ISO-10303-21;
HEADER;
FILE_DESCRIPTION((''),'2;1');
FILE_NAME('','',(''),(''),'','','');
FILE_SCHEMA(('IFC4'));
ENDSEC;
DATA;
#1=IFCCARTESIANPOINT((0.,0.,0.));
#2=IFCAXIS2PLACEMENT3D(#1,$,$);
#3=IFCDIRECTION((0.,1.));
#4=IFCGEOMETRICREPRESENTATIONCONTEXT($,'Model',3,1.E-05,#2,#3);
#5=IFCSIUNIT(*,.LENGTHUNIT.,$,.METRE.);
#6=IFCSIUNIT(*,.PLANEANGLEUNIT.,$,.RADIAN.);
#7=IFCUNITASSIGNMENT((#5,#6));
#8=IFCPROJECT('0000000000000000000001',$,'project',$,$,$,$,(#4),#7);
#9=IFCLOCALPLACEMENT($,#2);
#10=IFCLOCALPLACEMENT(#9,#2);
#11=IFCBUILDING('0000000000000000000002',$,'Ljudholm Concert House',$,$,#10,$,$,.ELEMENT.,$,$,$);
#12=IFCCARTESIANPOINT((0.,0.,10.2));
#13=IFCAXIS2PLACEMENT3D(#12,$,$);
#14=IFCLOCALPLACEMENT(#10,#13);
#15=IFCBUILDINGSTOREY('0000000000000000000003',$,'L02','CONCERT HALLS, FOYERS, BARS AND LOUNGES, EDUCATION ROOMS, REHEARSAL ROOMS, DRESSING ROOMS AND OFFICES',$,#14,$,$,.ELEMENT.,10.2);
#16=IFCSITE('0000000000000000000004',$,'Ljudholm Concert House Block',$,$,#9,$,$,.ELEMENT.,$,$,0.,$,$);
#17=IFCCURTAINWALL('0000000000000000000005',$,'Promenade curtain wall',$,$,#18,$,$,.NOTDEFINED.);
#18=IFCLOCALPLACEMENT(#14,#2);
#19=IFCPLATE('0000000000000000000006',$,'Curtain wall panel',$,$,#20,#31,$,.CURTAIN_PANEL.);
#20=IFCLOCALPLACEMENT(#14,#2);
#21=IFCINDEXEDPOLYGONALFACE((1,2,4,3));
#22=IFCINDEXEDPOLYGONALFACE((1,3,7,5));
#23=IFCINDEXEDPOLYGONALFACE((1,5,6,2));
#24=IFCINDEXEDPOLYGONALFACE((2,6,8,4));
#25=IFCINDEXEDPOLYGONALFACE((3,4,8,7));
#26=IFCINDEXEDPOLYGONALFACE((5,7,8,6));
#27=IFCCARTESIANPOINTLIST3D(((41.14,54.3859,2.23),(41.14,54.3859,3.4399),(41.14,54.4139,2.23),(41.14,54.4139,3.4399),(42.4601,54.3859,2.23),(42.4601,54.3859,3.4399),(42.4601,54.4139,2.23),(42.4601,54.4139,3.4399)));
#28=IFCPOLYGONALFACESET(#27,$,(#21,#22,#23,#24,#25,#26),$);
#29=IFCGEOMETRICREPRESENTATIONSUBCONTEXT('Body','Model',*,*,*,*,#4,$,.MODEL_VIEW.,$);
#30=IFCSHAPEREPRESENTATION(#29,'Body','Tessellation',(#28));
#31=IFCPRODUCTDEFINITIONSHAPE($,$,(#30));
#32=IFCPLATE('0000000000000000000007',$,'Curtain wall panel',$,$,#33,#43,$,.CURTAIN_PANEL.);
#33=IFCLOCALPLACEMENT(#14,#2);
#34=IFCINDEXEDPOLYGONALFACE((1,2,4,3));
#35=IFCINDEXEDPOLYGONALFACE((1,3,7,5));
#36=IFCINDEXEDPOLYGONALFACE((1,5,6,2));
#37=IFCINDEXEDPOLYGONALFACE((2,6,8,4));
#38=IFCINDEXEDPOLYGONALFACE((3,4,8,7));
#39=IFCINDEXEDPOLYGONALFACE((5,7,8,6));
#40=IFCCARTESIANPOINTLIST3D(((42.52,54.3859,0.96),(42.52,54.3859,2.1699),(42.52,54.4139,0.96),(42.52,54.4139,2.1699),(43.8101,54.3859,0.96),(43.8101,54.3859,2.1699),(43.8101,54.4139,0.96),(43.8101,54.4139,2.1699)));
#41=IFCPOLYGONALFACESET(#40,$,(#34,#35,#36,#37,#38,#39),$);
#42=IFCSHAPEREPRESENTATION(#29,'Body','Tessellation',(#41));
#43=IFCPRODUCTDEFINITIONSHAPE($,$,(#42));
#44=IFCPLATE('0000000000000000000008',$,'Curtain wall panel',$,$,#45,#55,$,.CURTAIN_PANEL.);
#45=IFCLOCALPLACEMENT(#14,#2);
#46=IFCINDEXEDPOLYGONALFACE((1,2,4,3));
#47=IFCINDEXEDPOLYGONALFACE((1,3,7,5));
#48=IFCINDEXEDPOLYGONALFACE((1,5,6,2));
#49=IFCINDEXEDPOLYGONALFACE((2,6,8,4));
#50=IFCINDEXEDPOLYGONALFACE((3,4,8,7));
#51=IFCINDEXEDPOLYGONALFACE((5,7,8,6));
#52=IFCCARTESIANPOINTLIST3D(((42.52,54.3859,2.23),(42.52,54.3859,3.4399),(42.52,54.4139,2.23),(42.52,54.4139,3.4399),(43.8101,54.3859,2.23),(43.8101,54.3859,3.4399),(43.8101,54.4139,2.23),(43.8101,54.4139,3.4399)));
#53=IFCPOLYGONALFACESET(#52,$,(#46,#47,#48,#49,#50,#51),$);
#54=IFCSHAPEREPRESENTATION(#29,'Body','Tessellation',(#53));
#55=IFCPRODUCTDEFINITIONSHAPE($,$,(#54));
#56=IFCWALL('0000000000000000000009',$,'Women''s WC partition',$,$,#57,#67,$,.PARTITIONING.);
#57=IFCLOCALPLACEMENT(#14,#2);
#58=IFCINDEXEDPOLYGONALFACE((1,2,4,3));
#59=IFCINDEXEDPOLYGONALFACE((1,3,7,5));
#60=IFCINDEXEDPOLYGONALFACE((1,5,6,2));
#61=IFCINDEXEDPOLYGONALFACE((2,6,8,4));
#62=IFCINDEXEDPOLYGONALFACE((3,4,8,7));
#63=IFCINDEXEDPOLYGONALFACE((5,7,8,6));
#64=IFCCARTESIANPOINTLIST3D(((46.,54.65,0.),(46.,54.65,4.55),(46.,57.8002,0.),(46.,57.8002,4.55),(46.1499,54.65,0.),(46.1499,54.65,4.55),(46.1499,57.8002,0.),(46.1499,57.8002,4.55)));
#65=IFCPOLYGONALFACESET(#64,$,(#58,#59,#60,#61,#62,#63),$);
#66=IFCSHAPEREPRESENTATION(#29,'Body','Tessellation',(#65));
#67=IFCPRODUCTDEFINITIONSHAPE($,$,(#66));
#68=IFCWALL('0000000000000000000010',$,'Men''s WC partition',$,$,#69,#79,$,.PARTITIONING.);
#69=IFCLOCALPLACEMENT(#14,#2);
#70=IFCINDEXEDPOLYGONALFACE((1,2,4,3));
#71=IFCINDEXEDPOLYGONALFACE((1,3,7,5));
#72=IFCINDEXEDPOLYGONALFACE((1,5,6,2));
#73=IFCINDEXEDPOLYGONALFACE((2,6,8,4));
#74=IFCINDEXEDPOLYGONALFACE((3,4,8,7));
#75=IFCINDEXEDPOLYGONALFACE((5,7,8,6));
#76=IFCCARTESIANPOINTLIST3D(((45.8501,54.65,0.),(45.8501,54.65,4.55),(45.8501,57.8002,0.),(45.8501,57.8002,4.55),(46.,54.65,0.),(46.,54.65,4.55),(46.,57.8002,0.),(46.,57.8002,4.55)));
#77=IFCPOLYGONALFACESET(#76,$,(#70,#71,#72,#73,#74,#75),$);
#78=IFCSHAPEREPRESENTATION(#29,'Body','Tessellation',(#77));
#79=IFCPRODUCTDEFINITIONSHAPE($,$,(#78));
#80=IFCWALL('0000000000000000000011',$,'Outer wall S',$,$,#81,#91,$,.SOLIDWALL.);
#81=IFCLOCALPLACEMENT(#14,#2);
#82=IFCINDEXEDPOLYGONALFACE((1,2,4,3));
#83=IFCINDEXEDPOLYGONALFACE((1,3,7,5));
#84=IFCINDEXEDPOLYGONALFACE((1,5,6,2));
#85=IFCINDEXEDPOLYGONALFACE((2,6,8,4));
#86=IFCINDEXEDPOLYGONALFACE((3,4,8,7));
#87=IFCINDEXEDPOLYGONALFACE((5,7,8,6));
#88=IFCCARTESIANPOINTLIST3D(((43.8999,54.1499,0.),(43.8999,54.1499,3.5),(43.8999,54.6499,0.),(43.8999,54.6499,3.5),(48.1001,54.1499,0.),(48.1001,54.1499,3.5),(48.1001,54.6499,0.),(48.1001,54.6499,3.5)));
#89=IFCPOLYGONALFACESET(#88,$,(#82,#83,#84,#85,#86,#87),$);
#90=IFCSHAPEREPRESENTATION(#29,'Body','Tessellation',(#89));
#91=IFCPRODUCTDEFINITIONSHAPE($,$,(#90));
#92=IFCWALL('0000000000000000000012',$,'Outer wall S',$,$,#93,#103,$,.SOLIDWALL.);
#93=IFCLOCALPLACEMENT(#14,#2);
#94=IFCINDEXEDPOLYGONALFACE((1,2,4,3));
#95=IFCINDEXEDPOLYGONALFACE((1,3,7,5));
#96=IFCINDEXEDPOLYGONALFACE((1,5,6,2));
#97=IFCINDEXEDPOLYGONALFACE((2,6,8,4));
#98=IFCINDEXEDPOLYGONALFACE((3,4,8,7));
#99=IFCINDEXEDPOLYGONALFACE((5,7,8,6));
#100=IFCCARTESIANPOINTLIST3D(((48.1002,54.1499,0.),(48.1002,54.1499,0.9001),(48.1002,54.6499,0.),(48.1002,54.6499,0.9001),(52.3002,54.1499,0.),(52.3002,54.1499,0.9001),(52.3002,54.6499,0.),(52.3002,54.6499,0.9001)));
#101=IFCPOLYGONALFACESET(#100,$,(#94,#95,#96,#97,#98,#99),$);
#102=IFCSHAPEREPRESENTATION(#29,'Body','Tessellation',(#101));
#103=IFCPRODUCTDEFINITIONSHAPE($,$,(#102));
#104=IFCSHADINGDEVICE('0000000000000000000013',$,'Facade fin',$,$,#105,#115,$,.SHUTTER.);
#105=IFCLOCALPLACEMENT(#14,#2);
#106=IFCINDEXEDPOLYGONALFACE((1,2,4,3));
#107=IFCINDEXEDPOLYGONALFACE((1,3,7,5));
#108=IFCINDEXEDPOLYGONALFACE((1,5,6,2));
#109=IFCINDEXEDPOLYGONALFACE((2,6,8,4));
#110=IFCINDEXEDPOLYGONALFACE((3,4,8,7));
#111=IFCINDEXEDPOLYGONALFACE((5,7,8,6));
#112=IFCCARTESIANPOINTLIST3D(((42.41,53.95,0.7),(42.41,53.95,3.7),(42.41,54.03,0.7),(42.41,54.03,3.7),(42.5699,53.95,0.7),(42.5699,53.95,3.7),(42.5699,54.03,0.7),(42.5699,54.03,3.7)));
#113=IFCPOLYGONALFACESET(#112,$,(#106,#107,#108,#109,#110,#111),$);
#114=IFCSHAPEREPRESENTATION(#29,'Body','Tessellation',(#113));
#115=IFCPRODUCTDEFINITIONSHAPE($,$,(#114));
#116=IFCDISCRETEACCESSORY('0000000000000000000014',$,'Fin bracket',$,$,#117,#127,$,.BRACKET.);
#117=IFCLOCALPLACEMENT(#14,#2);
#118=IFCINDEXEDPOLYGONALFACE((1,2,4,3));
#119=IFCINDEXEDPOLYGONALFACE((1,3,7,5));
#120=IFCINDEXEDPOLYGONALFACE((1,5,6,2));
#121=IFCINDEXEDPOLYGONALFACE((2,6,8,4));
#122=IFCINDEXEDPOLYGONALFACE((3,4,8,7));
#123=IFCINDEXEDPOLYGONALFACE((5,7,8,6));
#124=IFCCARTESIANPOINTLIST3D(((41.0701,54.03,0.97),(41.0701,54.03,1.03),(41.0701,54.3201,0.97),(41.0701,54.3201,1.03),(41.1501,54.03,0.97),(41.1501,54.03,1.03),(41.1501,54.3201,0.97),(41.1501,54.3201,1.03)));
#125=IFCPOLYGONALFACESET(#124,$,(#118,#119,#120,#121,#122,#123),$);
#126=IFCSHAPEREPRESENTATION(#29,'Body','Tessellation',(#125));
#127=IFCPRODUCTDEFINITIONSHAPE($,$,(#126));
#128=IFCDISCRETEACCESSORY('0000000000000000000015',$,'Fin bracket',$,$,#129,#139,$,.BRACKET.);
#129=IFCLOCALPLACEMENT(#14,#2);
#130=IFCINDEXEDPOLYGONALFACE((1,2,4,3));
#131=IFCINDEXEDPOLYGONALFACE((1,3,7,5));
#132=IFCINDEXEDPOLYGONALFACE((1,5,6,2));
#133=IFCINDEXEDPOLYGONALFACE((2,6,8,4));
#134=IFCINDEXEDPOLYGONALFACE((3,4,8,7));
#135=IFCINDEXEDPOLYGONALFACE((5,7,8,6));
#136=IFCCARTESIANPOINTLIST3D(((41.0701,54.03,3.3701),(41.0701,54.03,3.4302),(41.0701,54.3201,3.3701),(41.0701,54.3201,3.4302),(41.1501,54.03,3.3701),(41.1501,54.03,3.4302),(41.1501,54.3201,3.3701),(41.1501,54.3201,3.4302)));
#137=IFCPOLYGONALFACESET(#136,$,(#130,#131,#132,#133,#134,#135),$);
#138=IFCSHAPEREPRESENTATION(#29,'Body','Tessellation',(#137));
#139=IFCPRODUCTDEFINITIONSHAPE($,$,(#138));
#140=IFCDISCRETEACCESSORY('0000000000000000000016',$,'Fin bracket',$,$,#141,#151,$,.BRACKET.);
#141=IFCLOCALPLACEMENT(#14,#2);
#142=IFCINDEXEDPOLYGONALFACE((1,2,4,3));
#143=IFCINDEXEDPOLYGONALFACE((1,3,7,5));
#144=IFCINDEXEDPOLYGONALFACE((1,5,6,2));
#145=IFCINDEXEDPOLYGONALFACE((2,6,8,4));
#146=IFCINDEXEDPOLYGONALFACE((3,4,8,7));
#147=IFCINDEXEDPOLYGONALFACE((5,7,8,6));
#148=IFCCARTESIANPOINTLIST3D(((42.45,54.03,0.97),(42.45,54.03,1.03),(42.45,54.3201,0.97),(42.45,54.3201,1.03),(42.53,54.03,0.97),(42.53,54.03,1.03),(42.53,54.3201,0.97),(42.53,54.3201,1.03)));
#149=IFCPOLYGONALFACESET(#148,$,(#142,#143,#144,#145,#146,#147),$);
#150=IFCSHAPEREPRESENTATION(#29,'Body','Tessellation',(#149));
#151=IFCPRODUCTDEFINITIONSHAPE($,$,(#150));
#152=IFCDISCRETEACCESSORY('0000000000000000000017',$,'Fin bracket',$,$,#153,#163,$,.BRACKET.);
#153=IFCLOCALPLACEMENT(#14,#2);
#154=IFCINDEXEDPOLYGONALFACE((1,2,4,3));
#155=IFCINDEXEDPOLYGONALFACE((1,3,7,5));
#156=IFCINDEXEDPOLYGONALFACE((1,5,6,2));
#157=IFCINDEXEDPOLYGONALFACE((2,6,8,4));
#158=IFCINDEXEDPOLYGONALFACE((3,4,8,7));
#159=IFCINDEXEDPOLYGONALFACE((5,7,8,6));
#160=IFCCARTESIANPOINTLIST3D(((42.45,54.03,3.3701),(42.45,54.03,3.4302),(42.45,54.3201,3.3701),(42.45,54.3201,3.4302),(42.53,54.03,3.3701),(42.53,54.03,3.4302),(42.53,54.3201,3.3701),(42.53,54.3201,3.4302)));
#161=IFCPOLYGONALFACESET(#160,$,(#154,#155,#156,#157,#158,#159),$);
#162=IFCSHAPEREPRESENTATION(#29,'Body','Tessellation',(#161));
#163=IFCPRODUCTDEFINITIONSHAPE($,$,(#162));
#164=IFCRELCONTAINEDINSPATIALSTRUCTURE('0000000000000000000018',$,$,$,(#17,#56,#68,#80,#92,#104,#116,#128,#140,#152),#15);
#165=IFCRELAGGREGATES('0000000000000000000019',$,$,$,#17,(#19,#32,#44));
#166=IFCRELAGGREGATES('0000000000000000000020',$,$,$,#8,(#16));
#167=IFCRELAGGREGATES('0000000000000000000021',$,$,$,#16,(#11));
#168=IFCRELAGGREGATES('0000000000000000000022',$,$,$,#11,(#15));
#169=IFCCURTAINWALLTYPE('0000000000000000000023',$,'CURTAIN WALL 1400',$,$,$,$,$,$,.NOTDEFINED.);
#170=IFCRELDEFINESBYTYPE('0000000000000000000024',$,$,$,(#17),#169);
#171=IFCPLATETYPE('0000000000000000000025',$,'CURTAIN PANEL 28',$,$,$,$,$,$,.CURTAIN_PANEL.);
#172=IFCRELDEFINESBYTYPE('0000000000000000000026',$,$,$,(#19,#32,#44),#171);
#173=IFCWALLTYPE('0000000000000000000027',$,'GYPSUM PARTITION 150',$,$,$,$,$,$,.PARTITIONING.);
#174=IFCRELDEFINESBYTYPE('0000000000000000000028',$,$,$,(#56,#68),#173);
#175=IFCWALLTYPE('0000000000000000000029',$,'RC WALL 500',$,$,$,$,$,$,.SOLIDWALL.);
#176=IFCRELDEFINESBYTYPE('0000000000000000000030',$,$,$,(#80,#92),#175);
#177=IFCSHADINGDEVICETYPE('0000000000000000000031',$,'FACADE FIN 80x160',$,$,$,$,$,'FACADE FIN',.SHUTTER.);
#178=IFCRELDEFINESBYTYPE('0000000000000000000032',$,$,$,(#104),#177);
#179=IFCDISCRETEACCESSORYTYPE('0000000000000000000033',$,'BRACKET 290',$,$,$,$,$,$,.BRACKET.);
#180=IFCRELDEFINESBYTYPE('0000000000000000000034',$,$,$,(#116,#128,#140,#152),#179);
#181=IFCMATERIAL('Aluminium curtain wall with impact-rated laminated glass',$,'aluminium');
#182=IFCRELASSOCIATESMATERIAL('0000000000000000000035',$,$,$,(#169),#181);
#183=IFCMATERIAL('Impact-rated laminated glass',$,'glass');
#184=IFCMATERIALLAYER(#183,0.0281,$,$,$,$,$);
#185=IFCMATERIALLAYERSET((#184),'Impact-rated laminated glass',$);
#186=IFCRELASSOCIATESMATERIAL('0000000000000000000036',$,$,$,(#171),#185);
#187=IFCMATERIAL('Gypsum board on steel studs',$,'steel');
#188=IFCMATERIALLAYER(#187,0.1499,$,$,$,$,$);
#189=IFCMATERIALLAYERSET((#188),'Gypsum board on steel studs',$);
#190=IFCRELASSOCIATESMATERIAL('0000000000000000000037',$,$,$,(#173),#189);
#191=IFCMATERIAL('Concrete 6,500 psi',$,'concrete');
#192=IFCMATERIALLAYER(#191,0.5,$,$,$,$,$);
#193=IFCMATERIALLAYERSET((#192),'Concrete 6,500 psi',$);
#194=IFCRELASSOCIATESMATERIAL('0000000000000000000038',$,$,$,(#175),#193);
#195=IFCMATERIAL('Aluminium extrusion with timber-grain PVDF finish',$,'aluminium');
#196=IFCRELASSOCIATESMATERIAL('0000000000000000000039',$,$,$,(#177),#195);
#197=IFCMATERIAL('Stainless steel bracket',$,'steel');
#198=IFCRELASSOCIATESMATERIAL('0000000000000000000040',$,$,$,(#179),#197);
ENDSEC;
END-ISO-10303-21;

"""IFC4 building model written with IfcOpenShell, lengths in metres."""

from ifc_helpers import new_model, si_unit, direction, frame, frame_2d, origin, origin_2d, place, context, subcontext, project, spatial, rectangle, extrude, material, layer, layer_set, type_object, element, aggregate, save


model = new_model("IFC4")

# Units and contexts
model_context = context("Model", 3, precision=1e-05, world=origin(), true_north=direction((0.0, 1.0)))
body_context = subcontext(model_context, "Body", "Model", "MODEL_VIEW")
ifc_project = project(units=[si_unit("LENGTHUNIT", "METRE"), si_unit("PLANEANGLEUNIT", "RADIAN")], contexts=[model_context])

# Site, building, storey
site_placement = place(None, origin())
site = spatial("IfcSite", under=ifc_project, at=site_placement, Name="Ljudholm Concert House Block", CompositionType="ELEMENT", RefElevation=0.0)
building_placement = place(site_placement, origin())
building = spatial("IfcBuilding", under=site, at=building_placement, Name="Ljudholm Concert House", CompositionType="ELEMENT")
storey_placement = place(building_placement, frame((0.0, 0.0, 10.2)))
storey = spatial("IfcBuildingStorey", under=building, at=storey_placement, Name="L02", Description="CONCERT HALLS, FOYERS, BARS AND LOUNGES, EDUCATION ROOMS, REHEARSAL ROOMS, DRESSING ROOMS AND OFFICES", CompositionType="ELEMENT", Elevation=10.2)

# Curtain wall
ifc_material_1 = material(Name="Aluminium curtain wall with impact-rated laminated glass", Category="aluminium")
curtain_wall_type = type_object("IfcCurtainWallType", Name="CURTAIN WALL 1400", PredefinedType="NOTDEFINED", material=ifc_material_1)
curtain_wall_1_placement = place(storey_placement, origin())
curtain_wall_1 = element("IfcCurtainWall", 1, at=curtain_wall_1_placement, inside=storey, type_object=curtain_wall_type, Name="Promenade curtain wall", PredefinedType="NOTDEFINED")

# Plates
ifc_material_2 = material(Name="Impact-rated laminated glass", Category="glass")
ifc_layer_1 = layer(ifc_material_2, 0.0281)
ifc_layer_set_1 = layer_set([ifc_layer_1], Name="Impact-rated laminated glass")
plate_type = type_object("IfcPlateType", Name="CURTAIN PANEL 28", PredefinedType="CURTAIN_PANEL", material=ifc_layer_set_1)
plate_1_placement = place(storey_placement, frame((41.8, 54.3999, 2.23), z_axis=(0.0, 0.0, 1.0), x_axis=(1.0, 0.0, 0.0)))
plate_1 = element("IfcPlate", 2, at=plate_1_placement, type_object=plate_type, Name="Curtain wall panel", PredefinedType="CURTAIN_PANEL", context=body_context, shape_type="SweptSolid", body=[
    extrude(rectangle(XDim=1.3201, YDim=0.0281, at=origin_2d()), origin(), (0.0, 0.0, 1.0), 1.21),
])
plate_2_placement = place(storey_placement, frame((43.165, 54.3999, 0.96), z_axis=(0.0, 0.0, 1.0), x_axis=(1.0, 0.0, 0.0)))
plate_2 = element("IfcPlate", 3, at=plate_2_placement, type_object=plate_type, Name="Curtain wall panel", PredefinedType="CURTAIN_PANEL", context=body_context, shape_type="SweptSolid", body=[
    extrude(rectangle(XDim=1.29, YDim=0.0281, at=origin_2d()), origin(), (0.0, 0.0, 1.0), 1.21),
])
plate_3_placement = place(storey_placement, frame((43.165, 54.3999, 2.23), z_axis=(0.0, 0.0, 1.0), x_axis=(1.0, 0.0, 0.0)))
plate_3 = element("IfcPlate", 4, at=plate_3_placement, type_object=plate_type, Name="Curtain wall panel", PredefinedType="CURTAIN_PANEL", context=body_context, shape_type="SweptSolid", body=[
    extrude(rectangle(XDim=1.29, YDim=0.0281, at=origin_2d()), origin(), (0.0, 0.0, 1.0), 1.21),
])
aggregate(curtain_wall_1, [plate_1, plate_2, plate_3])

# Walls
ifc_material_3 = material(Name="Gypsum board on steel studs", Category="steel")
ifc_layer_2 = layer(ifc_material_3, 0.1499)
ifc_layer_set_2 = layer_set([ifc_layer_2], Name="Gypsum board on steel studs")
wall_type_1 = type_object("IfcWallType", Name="GYPSUM PARTITION 150", PredefinedType="PARTITIONING", material=ifc_layer_set_2)
for number, where, z_axis, x_axis, name in (
    (5, (46.075, 54.6499, 0.0), (0.0, 0.0, 1.0), (0.0, 1.0, 0.0), "Women's WC partition"),
    (6, (45.925, 54.6499, 0.0), (0.0, 0.0, 1.0), (0.0, 1.0, 0.0), "Men's WC partition"),
):
    element("IfcWall", number, at=place(storey_placement, frame(where, z_axis=z_axis, x_axis=x_axis)), inside=storey, type_object=wall_type_1, Name=name, PredefinedType="PARTITIONING", context=body_context, shape_type="SweptSolid", body=[
        extrude(rectangle(XDim=3.1501, YDim=0.1499, at=frame_2d((1.5752, 0.0))), origin(), (0.0, 0.0, 1.0), 4.55),
    ])
ifc_material_4 = material(Name="Concrete 6,500 psi", Category="concrete")
ifc_layer_3 = layer(ifc_material_4, 0.5)
ifc_layer_set_3 = layer_set([ifc_layer_3], Name="Concrete 6,500 psi")
wall_type_2 = type_object("IfcWallType", Name="RC WALL 500", PredefinedType="SOLIDWALL", material=ifc_layer_set_3)
wall_1_placement = place(storey_placement, frame((43.8999, 54.3999, 0.0), z_axis=(0.0, 0.0, 1.0), x_axis=(1.0, 0.0, 0.0)))
element("IfcWall", 7, at=wall_1_placement, inside=storey, type_object=wall_type_2, Name="Outer wall S", PredefinedType="SOLIDWALL", context=body_context, shape_type="SweptSolid", body=[
    extrude(rectangle(XDim=4.2002, YDim=0.5, at=frame_2d((2.1001, 0.0))), origin(), (0.0, 0.0, 1.0), 3.5),
])
wall_2_placement = place(storey_placement, frame((48.1001, 54.3999, 0.0), z_axis=(0.0, 0.0, 1.0), x_axis=(1.0, 0.0, 0.0)))
element("IfcWall", 8, at=wall_2_placement, inside=storey, type_object=wall_type_2, Name="Outer wall S", PredefinedType="SOLIDWALL", context=body_context, shape_type="SweptSolid", body=[
    extrude(rectangle(XDim=4.2, YDim=0.5, at=frame_2d((2.1001, 0.0))), origin(), (0.0, 0.0, 1.0), 0.9001),
])

# Shading device
ifc_material_5 = material(Name="Aluminium extrusion with timber-grain PVDF finish", Category="aluminium")
shading_device_type = type_object("IfcShadingDeviceType", Name="FACADE FIN 80x160", ElementType="FACADE FIN", PredefinedType="SHUTTER", material=ifc_material_5)
shading_device_placement = place(storey_placement, frame((42.49, 53.99, 0.7), z_axis=(0.0, 0.0, 1.0), x_axis=(0.0, -1.0, 0.0)))
element("IfcShadingDevice", 9, at=shading_device_placement, inside=storey, type_object=shading_device_type, Name="Facade fin", PredefinedType="SHUTTER", context=body_context, shape_type="SweptSolid", body=[
    extrude(rectangle(XDim=0.0801, YDim=0.1599, at=origin_2d()), origin(), (0.0, 0.0, 1.0), 3.0),
])

# Discrete accessories
ifc_material_6 = material(Name="Stainless steel bracket", Category="steel")
discrete_accessory_type = type_object("IfcDiscreteAccessoryType", Name="BRACKET 290", PredefinedType="BRACKET", material=ifc_material_6)
for number, where, z_axis, x_axis, name in (
    (10, (41.1101, 54.175, 0.97), (0.0, 0.0, 1.0), (0.0, -1.0, 0.0), "Fin bracket"),
    (11, (41.1101, 54.175, 3.3701), (0.0, 0.0, 1.0), (0.0, -1.0, 0.0), "Fin bracket"),
    (12, (42.49, 54.175, 0.97), (0.0, 0.0, 1.0), (0.0, -1.0, 0.0), "Fin bracket"),
    (13, (42.49, 54.175, 3.3701), (0.0, 0.0, 1.0), (0.0, -1.0, 0.0), "Fin bracket"),
):
    element("IfcDiscreteAccessory", number, at=place(storey_placement, frame(where, z_axis=z_axis, x_axis=x_axis)), inside=storey, type_object=discrete_accessory_type, Name=name, PredefinedType="BRACKET", context=body_context, shape_type="SweptSolid", body=[
        extrude(rectangle(XDim=0.29, YDim=0.0801, at=origin_2d()), origin(), (0.0, 0.0, 1.0), 0.0601),
    ])

save(model, "model.ifc")
